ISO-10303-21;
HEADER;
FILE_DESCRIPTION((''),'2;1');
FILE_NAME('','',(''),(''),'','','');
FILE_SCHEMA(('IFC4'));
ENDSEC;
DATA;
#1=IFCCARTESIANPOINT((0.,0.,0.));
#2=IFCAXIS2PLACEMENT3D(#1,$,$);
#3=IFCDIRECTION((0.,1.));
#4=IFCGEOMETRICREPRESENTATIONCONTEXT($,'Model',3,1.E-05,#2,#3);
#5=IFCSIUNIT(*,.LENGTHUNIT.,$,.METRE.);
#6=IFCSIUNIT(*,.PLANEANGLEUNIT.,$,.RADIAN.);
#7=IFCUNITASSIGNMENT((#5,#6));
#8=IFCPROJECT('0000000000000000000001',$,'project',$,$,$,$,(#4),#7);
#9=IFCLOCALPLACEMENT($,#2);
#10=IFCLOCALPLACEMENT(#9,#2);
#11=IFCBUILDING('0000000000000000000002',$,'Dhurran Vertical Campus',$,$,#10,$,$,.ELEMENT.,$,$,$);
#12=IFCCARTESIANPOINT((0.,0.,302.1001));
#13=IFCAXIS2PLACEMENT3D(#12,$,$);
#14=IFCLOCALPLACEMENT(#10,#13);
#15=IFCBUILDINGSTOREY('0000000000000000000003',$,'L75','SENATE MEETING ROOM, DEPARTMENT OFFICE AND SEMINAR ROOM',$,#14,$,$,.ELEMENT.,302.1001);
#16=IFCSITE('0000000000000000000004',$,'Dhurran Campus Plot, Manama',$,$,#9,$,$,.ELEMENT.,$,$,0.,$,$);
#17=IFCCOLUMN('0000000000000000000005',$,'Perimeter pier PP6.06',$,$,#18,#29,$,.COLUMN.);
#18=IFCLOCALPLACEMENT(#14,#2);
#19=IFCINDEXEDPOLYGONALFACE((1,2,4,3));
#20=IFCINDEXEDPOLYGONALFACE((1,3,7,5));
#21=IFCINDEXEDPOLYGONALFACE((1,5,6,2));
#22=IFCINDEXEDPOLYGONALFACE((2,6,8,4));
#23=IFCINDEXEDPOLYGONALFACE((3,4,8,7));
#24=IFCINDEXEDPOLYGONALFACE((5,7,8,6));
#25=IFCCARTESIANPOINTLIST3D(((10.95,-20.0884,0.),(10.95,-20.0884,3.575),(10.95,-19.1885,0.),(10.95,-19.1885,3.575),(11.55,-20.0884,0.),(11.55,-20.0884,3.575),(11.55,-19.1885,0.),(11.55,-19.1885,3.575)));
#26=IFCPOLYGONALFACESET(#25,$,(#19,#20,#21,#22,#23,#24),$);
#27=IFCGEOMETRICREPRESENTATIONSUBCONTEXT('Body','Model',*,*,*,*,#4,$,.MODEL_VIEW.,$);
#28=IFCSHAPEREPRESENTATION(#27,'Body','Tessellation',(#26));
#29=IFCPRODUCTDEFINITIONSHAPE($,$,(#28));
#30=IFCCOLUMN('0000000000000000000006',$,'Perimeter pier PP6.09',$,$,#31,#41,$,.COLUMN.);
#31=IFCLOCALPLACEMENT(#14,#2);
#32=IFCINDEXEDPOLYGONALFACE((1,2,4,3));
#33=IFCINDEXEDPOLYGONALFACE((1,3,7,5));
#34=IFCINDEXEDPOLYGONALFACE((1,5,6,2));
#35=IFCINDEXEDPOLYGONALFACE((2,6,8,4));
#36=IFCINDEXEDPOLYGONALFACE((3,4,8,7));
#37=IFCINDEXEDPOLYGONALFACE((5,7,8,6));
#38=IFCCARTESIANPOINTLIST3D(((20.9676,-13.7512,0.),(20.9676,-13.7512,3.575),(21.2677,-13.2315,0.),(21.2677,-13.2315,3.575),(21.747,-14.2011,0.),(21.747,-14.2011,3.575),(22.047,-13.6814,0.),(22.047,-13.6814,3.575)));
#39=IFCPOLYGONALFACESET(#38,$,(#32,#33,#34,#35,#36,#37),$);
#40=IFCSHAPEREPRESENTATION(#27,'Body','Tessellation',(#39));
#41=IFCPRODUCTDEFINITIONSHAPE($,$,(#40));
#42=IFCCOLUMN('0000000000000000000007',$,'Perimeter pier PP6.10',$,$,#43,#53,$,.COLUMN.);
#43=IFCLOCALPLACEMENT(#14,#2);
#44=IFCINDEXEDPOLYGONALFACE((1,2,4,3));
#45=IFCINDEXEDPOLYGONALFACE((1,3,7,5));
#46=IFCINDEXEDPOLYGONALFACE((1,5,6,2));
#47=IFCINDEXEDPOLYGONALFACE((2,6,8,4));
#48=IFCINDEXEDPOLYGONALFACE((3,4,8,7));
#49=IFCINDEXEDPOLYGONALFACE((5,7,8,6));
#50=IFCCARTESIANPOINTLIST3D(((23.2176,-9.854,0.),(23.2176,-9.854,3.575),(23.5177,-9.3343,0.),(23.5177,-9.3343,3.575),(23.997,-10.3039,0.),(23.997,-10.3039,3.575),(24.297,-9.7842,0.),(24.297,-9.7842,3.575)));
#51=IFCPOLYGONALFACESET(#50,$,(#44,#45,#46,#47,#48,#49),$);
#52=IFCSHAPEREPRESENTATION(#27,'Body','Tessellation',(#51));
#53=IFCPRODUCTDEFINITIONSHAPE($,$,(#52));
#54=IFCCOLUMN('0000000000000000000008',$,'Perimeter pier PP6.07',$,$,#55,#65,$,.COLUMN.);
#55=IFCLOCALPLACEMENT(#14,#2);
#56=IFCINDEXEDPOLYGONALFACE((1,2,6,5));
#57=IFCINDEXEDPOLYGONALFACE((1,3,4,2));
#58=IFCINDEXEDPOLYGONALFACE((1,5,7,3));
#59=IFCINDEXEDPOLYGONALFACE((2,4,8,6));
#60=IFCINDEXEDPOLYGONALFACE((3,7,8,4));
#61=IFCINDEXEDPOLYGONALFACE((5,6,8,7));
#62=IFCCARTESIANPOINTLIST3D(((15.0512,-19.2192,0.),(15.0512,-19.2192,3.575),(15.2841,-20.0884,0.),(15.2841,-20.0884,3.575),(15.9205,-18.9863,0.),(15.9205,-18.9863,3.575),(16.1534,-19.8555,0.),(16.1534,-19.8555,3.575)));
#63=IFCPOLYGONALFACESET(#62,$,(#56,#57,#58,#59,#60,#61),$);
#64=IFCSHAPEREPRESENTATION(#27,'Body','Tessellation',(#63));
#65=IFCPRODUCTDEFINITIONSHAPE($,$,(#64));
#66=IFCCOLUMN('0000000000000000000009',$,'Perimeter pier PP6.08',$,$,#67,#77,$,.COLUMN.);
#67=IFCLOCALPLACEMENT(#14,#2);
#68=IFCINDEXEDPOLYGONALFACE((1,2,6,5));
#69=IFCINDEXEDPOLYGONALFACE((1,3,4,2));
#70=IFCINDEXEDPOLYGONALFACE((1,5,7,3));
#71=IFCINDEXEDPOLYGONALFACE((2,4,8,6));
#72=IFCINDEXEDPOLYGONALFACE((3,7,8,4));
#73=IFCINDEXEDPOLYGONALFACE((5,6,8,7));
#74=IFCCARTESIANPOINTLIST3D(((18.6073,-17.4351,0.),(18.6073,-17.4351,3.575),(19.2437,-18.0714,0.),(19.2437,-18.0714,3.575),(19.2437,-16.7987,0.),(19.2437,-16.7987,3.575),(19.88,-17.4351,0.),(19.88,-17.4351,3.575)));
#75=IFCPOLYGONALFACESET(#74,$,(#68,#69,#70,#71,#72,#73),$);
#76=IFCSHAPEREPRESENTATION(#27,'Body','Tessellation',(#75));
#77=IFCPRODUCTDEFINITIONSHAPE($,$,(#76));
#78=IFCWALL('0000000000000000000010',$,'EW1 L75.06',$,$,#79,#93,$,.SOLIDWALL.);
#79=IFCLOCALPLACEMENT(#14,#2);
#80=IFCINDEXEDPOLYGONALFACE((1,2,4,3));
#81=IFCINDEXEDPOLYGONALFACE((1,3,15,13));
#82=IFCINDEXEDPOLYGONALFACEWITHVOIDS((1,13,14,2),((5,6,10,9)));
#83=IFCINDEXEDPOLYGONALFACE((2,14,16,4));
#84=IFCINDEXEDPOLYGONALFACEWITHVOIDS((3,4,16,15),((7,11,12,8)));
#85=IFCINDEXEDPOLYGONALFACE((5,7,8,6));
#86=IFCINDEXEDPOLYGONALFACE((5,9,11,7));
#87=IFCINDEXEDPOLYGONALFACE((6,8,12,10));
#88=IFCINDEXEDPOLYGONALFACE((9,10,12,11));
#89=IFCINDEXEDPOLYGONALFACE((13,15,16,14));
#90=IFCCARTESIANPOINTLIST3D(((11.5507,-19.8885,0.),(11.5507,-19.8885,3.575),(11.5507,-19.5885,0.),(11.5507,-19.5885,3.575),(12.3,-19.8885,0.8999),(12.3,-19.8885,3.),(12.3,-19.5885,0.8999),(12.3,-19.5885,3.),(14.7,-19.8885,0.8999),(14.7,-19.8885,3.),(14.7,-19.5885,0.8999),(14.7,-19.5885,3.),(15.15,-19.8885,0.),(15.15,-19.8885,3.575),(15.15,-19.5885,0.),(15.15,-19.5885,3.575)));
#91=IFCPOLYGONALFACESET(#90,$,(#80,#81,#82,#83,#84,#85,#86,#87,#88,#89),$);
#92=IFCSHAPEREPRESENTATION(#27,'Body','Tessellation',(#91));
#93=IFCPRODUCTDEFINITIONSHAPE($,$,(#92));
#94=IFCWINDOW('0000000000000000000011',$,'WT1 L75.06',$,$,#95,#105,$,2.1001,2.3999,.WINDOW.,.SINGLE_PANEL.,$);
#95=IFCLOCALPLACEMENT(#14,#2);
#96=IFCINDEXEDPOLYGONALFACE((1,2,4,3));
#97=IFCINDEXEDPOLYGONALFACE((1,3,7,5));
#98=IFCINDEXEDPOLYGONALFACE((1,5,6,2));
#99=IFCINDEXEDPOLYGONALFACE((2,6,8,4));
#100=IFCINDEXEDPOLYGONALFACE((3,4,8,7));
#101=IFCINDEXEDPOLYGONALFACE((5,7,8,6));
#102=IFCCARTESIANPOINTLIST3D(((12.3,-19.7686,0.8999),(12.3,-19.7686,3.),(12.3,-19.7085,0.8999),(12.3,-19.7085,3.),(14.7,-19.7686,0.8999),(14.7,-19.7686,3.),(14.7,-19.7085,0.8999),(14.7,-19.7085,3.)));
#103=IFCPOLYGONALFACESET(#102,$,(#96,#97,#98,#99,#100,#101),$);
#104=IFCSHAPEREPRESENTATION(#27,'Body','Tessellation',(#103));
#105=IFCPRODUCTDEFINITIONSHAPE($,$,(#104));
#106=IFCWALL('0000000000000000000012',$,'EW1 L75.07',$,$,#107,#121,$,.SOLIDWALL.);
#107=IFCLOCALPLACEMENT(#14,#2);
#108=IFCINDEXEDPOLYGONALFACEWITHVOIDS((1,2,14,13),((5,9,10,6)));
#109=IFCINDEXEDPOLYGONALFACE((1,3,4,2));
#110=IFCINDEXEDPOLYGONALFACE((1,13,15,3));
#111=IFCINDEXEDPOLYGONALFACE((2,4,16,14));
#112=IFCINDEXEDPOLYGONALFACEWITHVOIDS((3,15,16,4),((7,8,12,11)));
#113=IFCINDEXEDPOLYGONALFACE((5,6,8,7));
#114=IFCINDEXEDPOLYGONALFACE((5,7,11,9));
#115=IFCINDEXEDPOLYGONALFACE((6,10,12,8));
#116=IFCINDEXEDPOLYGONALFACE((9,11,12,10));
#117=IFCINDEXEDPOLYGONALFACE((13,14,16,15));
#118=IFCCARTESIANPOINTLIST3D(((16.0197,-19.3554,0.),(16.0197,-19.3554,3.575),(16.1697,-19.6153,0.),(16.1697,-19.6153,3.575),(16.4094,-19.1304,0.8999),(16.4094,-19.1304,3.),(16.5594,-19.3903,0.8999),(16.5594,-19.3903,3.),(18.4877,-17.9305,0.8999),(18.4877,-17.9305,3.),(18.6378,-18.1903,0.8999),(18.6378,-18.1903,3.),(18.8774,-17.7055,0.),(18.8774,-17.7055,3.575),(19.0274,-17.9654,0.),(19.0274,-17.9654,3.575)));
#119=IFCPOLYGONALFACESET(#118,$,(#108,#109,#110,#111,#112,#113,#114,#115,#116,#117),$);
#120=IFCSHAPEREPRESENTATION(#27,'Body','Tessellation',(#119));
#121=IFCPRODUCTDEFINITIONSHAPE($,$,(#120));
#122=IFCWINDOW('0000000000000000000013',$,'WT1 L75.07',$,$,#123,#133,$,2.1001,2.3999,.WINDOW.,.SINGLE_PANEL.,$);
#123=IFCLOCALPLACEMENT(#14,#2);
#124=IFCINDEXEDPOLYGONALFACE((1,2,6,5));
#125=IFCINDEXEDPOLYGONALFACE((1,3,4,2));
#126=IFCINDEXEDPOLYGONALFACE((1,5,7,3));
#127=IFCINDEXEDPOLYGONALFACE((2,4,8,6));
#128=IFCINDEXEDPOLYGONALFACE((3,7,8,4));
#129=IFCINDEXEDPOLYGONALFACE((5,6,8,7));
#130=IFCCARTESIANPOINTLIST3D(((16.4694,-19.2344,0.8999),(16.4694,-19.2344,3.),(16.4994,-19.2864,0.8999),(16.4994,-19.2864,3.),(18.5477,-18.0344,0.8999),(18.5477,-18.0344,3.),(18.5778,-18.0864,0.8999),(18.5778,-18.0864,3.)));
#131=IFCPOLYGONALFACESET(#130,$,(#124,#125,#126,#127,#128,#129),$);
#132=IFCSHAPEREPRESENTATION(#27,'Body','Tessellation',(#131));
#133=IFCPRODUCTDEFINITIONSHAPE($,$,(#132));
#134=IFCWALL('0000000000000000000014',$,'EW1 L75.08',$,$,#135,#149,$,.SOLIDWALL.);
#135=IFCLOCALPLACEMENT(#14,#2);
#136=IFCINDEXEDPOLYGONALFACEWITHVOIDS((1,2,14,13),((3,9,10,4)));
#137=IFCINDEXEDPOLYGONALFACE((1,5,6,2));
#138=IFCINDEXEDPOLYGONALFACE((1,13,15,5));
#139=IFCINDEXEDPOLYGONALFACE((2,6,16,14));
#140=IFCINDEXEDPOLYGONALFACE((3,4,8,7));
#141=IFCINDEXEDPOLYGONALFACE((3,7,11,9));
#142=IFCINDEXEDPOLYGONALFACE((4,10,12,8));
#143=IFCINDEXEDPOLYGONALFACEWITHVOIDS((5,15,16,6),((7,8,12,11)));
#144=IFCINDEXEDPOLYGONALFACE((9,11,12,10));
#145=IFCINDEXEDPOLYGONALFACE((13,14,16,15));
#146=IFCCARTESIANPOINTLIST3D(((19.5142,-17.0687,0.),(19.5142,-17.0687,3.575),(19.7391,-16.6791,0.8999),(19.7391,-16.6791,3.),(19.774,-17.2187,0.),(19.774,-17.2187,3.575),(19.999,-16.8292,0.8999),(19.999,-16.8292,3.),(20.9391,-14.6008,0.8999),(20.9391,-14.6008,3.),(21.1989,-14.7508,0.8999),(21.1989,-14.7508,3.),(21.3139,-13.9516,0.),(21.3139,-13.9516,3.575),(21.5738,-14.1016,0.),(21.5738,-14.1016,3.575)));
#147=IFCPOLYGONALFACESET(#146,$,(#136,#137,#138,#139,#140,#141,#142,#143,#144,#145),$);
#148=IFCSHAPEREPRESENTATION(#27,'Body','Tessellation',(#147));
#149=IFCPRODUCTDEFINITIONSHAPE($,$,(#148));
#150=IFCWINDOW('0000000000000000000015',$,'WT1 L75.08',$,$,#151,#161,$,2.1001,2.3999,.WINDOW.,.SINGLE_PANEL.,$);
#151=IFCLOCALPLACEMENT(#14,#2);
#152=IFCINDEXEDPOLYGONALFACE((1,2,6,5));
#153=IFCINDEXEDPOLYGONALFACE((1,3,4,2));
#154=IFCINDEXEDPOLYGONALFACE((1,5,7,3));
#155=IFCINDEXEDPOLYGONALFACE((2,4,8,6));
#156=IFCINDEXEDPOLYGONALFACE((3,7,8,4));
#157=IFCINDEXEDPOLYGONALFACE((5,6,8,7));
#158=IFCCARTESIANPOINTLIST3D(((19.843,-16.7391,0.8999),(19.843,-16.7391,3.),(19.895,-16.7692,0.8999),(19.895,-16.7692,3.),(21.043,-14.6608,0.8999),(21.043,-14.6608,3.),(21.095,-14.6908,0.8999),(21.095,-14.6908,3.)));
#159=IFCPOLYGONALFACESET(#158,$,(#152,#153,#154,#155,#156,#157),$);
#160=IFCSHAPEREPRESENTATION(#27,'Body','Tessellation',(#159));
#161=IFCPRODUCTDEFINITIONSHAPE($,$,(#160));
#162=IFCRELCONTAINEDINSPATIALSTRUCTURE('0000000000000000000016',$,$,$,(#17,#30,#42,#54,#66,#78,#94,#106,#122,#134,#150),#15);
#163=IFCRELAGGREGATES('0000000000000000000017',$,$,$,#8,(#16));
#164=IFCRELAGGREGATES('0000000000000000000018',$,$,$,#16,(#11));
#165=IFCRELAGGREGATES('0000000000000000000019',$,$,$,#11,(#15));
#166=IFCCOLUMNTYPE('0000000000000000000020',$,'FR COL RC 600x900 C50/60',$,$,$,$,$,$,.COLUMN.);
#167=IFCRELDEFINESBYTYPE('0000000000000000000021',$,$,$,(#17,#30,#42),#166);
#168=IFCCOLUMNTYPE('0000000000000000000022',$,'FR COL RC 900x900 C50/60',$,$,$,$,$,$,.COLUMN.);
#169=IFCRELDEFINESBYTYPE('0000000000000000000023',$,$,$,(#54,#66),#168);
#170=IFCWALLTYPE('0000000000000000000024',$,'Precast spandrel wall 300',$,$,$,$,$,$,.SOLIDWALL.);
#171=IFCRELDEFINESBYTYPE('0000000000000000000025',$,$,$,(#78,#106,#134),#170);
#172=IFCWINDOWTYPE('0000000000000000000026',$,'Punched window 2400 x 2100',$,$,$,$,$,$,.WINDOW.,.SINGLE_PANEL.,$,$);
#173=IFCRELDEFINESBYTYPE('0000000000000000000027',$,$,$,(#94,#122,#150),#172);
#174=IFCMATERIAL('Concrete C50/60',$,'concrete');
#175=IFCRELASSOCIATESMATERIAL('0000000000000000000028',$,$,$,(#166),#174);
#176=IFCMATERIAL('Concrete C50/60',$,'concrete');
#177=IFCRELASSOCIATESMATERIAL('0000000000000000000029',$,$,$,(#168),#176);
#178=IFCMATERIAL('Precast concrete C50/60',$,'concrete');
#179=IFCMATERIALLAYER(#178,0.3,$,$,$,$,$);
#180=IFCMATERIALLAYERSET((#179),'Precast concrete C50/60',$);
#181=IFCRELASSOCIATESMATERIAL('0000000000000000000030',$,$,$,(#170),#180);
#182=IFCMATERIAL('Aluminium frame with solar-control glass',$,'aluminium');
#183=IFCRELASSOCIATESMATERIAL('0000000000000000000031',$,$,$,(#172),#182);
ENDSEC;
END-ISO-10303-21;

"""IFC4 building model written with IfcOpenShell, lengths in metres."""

from ifc_helpers import new_model, si_unit, direction, frame, frame_2d, origin, origin_2d, place, context, subcontext, project, spatial, rectangle, extrude, material, layer, layer_set, material_profile, profile_set, type_object, element, fill, save


model = new_model("IFC4")

# Units and contexts
model_context = context("Model", 3, precision=1e-05, world=origin(), true_north=direction((0.0, 1.0)))
body_context = subcontext(model_context, "Body", "Model", "MODEL_VIEW")
ifc_project = project(units=[si_unit("LENGTHUNIT", "METRE"), si_unit("PLANEANGLEUNIT", "RADIAN")], contexts=[model_context])

# Site, building, storey
site_placement = place(None, origin())
site = spatial("IfcSite", under=ifc_project, at=site_placement, Name="Dhurran Campus Plot, Manama", CompositionType="ELEMENT", RefElevation=0.0)
building_placement = place(site_placement, origin())
building = spatial("IfcBuilding", under=site, at=building_placement, Name="Dhurran Vertical Campus", CompositionType="ELEMENT")
storey_placement = place(building_placement, frame((0.0, 0.0, 302.1001)))
storey = spatial("IfcBuildingStorey", under=building, at=storey_placement, Name="L75", Description="SENATE MEETING ROOM, DEPARTMENT OFFICE AND SEMINAR ROOM", CompositionType="ELEMENT", Elevation=302.1001)

# Columns
ifc_material_1 = material(Name="Concrete C50/60", Category="concrete")
ifc_material_profile_1 = material_profile(ifc_material_1, rectangle(XDim=0.6001, YDim=0.8999, at=origin_2d()), Name="RC 600x900")
ifc_profile_set_1 = profile_set([ifc_material_profile_1], Name="Concrete C50/60")
column_type_1 = type_object("IfcColumnType", Name="FR COL RC 600x900 C50/60", PredefinedType="COLUMN", material=ifc_profile_set_1)
for number, where, z_axis, x_axis, name in (
    (1, (11.25, -19.6384, 0.0), (0.0, 0.0, 1.0), (1.0, 0.0, 0.0), "Perimeter pier PP6.06"),
    (2, (21.5073, -13.7163, 0.0), (0.0, 0.0, 1.0), (0.5, 0.866025, 0.0), "Perimeter pier PP6.09"),
    (3, (23.7573, -9.8191, 0.0), (0.0, 0.0, 1.0), (0.5, 0.866025, 0.0), "Perimeter pier PP6.10"),
):
    element("IfcColumn", number, at=place(storey_placement, frame(where, z_axis=z_axis, x_axis=x_axis)), inside=storey, type_object=column_type_1, Name=name, PredefinedType="COLUMN", context=body_context, shape_type="SweptSolid", body=[
        extrude(rectangle(XDim=0.6001, YDim=0.8999, at=origin_2d()), origin(), (0.0, 0.0, 1.0), 3.575),
    ])
ifc_material_2 = material(Name="Concrete C50/60", Category="concrete")
ifc_material_profile_2 = material_profile(ifc_material_2, rectangle(XDim=0.8999, YDim=0.8999, at=origin_2d()), Name="RC 900x900")
ifc_profile_set_2 = profile_set([ifc_material_profile_2], Name="Concrete C50/60")
column_type_2 = type_object("IfcColumnType", Name="FR COL RC 900x900 C50/60", PredefinedType="COLUMN", material=ifc_profile_set_2)
for number, where, z_axis, x_axis, name in (
    (4, (15.6023, -19.5374, 0.0), (0.0, 0.0, 1.0), (0.965926, 0.258819, 0.0), "Perimeter pier PP6.07"),
    (5, (19.2437, -17.4351, 0.0), (0.0, 0.0, 1.0), (0.707107, 0.707107, 0.0), "Perimeter pier PP6.08"),
):
    element("IfcColumn", number, at=place(storey_placement, frame(where, z_axis=z_axis, x_axis=x_axis)), inside=storey, type_object=column_type_2, Name=name, PredefinedType="COLUMN", context=body_context, shape_type="SweptSolid", body=[
        extrude(rectangle(XDim=0.8999, YDim=0.8999, at=origin_2d()), origin(), (0.0, 0.0, 1.0), 3.575),
    ])

# Walls, openings, windows
ifc_material_3 = material(Name="Precast concrete C50/60", Category="concrete")
ifc_layer_1 = layer(ifc_material_3, 0.3)
ifc_layer_set_1 = layer_set([ifc_layer_1], Name="Precast concrete C50/60")
wall_type_1 = type_object("IfcWallType", Name="Precast spandrel wall 300", PredefinedType="SOLIDWALL", material=ifc_layer_set_1)
wall_1_placement = place(storey_placement, frame((11.5505, -19.7385, 0.0), z_axis=(0.0, 0.0, 1.0), x_axis=(1.0, 0.0, 0.0)))
wall_1 = element("IfcWall", 6, at=wall_1_placement, inside=storey, type_object=wall_type_1, Name="EW1 L75.06", PredefinedType="SOLIDWALL", context=body_context, shape_type="SweptSolid", body=[
    extrude(rectangle(XDim=3.5994, YDim=0.3, at=frame_2d((1.7998, 0.0))), origin(), (0.0, 0.0, 1.0), 3.575),
])
opening_1_placement = place(wall_1_placement, frame((0.7495, 0.0, 0.8999)))
opening_1 = element("IfcOpeningElement", 7, at=opening_1_placement, cuts=wall_1, PredefinedType="OPENING", context=body_context, shape_type="SweptSolid", body=[
    extrude(rectangle(XDim=2.3999, YDim=2.1001, at=frame_2d((1.2, 1.05))), frame((0.0, 0.1599, 0.0), z_axis=(0.0, -1.0, 0.0), x_axis=(1.0, 0.0, 0.0)), (0.0, 0.0, 1.0), 0.3201),
])
ifc_material_4 = material(Name="Aluminium frame with solar-control glass", Category="aluminium")
window_type = type_object("IfcWindowType", Name="Punched window 2400 x 2100", PartitioningType="SINGLE_PANEL", PredefinedType="WINDOW", material=ifc_material_4)
window_1_placement = place(opening_1_placement, origin())
window_1 = element("IfcWindow", 8, at=window_1_placement, inside=storey, type_object=window_type, Name="WT1 L75.06", OverallHeight=2.1001, OverallWidth=2.3999, PartitioningType="SINGLE_PANEL", PredefinedType="WINDOW", context=body_context, shape_type="SweptSolid", body=[
    extrude(rectangle(XDim=2.3999, YDim=2.1001, at=frame_2d((1.2, 1.05))), frame((0.0, 0.03, 0.0), z_axis=(0.0, -1.0, 0.0), x_axis=(1.0, 0.0, 0.0)), (0.0, 0.0, 1.0), 0.0601),
])
fill(opening_1, window_1)
wall_2_placement = place(storey_placement, frame((16.0947, -19.4854, 0.0), z_axis=(0.0, 0.0, 1.0), x_axis=(0.866022, 0.500006, 0.0)))
wall_2 = element("IfcWall", 9, at=wall_2_placement, inside=storey, type_object=wall_type_1, Name="EW1 L75.07", PredefinedType="SOLIDWALL", context=body_context, shape_type="SweptSolid", body=[
    extrude(rectangle(XDim=3.2998, YDim=0.3, at=frame_2d((1.6499, 0.0))), origin(), (0.0, 0.0, 1.0), 3.575),
])
opening_2_placement = place(wall_2_placement, frame((0.45, 0.0, 0.8999)))
opening_2 = element("IfcOpeningElement", 10, at=opening_2_placement, cuts=wall_2, PredefinedType="OPENING", context=body_context, shape_type="SweptSolid", body=[
    extrude(rectangle(XDim=2.3999, YDim=2.1001, at=frame_2d((1.2, 1.05))), frame((0.0, 0.1599, 0.0), z_axis=(0.0, -1.0, 0.0), x_axis=(1.0, 0.0, 0.0)), (0.0, 0.0, 1.0), 0.3201),
])
window_2_placement = place(opening_2_placement, origin())
window_2 = element("IfcWindow", 11, at=window_2_placement, inside=storey, type_object=window_type, Name="WT1 L75.07", OverallHeight=2.1001, OverallWidth=2.3999, PartitioningType="SINGLE_PANEL", PredefinedType="WINDOW", context=body_context, shape_type="SweptSolid", body=[
    extrude(rectangle(XDim=2.3999, YDim=2.1001, at=frame_2d((1.2, 1.05))), frame((0.0, 0.03, 0.0), z_axis=(0.0, -1.0, 0.0), x_axis=(1.0, 0.0, 0.0)), (0.0, 0.0, 1.0), 0.0601),
])
fill(opening_2, window_2)
wall_3_placement = place(storey_placement, frame((19.644, -17.1438, 0.0), z_axis=(0.0, 0.0, 1.0), x_axis=(0.50002, 0.866014, 0.0)))
wall_3 = element("IfcWall", 12, at=wall_3_placement, inside=storey, type_object=wall_type_1, Name="EW1 L75.08", PredefinedType="SOLIDWALL", context=body_context, shape_type="SweptSolid", body=[
    extrude(rectangle(XDim=3.5994, YDim=0.3, at=frame_2d((1.7998, 0.0))), origin(), (0.0, 0.0, 1.0), 3.575),
])
opening_3_placement = place(wall_3_placement, frame((0.45, 0.0, 0.8999)))
opening_3 = element("IfcOpeningElement", 13, at=opening_3_placement, cuts=wall_3, PredefinedType="OPENING", context=body_context, shape_type="SweptSolid", body=[
    extrude(rectangle(XDim=2.3999, YDim=2.1001, at=frame_2d((1.2, 1.05))), frame((0.0, 0.1599, 0.0), z_axis=(0.0, -1.0, 0.0), x_axis=(1.0, 0.0, 0.0)), (0.0, 0.0, 1.0), 0.3201),
])
window_3_placement = place(opening_3_placement, origin())
window_3 = element("IfcWindow", 14, at=window_3_placement, inside=storey, type_object=window_type, Name="WT1 L75.08", OverallHeight=2.1001, OverallWidth=2.3999, PartitioningType="SINGLE_PANEL", PredefinedType="WINDOW", context=body_context, shape_type="SweptSolid", body=[
    extrude(rectangle(XDim=2.3999, YDim=2.1001, at=frame_2d((1.2, 1.05))), frame((0.0, 0.03, 0.0), z_axis=(0.0, -1.0, 0.0), x_axis=(1.0, 0.0, 0.0)), (0.0, 0.0, 1.0), 0.0601),
])
fill(opening_3, window_3)

save(model, "model.ifc")
